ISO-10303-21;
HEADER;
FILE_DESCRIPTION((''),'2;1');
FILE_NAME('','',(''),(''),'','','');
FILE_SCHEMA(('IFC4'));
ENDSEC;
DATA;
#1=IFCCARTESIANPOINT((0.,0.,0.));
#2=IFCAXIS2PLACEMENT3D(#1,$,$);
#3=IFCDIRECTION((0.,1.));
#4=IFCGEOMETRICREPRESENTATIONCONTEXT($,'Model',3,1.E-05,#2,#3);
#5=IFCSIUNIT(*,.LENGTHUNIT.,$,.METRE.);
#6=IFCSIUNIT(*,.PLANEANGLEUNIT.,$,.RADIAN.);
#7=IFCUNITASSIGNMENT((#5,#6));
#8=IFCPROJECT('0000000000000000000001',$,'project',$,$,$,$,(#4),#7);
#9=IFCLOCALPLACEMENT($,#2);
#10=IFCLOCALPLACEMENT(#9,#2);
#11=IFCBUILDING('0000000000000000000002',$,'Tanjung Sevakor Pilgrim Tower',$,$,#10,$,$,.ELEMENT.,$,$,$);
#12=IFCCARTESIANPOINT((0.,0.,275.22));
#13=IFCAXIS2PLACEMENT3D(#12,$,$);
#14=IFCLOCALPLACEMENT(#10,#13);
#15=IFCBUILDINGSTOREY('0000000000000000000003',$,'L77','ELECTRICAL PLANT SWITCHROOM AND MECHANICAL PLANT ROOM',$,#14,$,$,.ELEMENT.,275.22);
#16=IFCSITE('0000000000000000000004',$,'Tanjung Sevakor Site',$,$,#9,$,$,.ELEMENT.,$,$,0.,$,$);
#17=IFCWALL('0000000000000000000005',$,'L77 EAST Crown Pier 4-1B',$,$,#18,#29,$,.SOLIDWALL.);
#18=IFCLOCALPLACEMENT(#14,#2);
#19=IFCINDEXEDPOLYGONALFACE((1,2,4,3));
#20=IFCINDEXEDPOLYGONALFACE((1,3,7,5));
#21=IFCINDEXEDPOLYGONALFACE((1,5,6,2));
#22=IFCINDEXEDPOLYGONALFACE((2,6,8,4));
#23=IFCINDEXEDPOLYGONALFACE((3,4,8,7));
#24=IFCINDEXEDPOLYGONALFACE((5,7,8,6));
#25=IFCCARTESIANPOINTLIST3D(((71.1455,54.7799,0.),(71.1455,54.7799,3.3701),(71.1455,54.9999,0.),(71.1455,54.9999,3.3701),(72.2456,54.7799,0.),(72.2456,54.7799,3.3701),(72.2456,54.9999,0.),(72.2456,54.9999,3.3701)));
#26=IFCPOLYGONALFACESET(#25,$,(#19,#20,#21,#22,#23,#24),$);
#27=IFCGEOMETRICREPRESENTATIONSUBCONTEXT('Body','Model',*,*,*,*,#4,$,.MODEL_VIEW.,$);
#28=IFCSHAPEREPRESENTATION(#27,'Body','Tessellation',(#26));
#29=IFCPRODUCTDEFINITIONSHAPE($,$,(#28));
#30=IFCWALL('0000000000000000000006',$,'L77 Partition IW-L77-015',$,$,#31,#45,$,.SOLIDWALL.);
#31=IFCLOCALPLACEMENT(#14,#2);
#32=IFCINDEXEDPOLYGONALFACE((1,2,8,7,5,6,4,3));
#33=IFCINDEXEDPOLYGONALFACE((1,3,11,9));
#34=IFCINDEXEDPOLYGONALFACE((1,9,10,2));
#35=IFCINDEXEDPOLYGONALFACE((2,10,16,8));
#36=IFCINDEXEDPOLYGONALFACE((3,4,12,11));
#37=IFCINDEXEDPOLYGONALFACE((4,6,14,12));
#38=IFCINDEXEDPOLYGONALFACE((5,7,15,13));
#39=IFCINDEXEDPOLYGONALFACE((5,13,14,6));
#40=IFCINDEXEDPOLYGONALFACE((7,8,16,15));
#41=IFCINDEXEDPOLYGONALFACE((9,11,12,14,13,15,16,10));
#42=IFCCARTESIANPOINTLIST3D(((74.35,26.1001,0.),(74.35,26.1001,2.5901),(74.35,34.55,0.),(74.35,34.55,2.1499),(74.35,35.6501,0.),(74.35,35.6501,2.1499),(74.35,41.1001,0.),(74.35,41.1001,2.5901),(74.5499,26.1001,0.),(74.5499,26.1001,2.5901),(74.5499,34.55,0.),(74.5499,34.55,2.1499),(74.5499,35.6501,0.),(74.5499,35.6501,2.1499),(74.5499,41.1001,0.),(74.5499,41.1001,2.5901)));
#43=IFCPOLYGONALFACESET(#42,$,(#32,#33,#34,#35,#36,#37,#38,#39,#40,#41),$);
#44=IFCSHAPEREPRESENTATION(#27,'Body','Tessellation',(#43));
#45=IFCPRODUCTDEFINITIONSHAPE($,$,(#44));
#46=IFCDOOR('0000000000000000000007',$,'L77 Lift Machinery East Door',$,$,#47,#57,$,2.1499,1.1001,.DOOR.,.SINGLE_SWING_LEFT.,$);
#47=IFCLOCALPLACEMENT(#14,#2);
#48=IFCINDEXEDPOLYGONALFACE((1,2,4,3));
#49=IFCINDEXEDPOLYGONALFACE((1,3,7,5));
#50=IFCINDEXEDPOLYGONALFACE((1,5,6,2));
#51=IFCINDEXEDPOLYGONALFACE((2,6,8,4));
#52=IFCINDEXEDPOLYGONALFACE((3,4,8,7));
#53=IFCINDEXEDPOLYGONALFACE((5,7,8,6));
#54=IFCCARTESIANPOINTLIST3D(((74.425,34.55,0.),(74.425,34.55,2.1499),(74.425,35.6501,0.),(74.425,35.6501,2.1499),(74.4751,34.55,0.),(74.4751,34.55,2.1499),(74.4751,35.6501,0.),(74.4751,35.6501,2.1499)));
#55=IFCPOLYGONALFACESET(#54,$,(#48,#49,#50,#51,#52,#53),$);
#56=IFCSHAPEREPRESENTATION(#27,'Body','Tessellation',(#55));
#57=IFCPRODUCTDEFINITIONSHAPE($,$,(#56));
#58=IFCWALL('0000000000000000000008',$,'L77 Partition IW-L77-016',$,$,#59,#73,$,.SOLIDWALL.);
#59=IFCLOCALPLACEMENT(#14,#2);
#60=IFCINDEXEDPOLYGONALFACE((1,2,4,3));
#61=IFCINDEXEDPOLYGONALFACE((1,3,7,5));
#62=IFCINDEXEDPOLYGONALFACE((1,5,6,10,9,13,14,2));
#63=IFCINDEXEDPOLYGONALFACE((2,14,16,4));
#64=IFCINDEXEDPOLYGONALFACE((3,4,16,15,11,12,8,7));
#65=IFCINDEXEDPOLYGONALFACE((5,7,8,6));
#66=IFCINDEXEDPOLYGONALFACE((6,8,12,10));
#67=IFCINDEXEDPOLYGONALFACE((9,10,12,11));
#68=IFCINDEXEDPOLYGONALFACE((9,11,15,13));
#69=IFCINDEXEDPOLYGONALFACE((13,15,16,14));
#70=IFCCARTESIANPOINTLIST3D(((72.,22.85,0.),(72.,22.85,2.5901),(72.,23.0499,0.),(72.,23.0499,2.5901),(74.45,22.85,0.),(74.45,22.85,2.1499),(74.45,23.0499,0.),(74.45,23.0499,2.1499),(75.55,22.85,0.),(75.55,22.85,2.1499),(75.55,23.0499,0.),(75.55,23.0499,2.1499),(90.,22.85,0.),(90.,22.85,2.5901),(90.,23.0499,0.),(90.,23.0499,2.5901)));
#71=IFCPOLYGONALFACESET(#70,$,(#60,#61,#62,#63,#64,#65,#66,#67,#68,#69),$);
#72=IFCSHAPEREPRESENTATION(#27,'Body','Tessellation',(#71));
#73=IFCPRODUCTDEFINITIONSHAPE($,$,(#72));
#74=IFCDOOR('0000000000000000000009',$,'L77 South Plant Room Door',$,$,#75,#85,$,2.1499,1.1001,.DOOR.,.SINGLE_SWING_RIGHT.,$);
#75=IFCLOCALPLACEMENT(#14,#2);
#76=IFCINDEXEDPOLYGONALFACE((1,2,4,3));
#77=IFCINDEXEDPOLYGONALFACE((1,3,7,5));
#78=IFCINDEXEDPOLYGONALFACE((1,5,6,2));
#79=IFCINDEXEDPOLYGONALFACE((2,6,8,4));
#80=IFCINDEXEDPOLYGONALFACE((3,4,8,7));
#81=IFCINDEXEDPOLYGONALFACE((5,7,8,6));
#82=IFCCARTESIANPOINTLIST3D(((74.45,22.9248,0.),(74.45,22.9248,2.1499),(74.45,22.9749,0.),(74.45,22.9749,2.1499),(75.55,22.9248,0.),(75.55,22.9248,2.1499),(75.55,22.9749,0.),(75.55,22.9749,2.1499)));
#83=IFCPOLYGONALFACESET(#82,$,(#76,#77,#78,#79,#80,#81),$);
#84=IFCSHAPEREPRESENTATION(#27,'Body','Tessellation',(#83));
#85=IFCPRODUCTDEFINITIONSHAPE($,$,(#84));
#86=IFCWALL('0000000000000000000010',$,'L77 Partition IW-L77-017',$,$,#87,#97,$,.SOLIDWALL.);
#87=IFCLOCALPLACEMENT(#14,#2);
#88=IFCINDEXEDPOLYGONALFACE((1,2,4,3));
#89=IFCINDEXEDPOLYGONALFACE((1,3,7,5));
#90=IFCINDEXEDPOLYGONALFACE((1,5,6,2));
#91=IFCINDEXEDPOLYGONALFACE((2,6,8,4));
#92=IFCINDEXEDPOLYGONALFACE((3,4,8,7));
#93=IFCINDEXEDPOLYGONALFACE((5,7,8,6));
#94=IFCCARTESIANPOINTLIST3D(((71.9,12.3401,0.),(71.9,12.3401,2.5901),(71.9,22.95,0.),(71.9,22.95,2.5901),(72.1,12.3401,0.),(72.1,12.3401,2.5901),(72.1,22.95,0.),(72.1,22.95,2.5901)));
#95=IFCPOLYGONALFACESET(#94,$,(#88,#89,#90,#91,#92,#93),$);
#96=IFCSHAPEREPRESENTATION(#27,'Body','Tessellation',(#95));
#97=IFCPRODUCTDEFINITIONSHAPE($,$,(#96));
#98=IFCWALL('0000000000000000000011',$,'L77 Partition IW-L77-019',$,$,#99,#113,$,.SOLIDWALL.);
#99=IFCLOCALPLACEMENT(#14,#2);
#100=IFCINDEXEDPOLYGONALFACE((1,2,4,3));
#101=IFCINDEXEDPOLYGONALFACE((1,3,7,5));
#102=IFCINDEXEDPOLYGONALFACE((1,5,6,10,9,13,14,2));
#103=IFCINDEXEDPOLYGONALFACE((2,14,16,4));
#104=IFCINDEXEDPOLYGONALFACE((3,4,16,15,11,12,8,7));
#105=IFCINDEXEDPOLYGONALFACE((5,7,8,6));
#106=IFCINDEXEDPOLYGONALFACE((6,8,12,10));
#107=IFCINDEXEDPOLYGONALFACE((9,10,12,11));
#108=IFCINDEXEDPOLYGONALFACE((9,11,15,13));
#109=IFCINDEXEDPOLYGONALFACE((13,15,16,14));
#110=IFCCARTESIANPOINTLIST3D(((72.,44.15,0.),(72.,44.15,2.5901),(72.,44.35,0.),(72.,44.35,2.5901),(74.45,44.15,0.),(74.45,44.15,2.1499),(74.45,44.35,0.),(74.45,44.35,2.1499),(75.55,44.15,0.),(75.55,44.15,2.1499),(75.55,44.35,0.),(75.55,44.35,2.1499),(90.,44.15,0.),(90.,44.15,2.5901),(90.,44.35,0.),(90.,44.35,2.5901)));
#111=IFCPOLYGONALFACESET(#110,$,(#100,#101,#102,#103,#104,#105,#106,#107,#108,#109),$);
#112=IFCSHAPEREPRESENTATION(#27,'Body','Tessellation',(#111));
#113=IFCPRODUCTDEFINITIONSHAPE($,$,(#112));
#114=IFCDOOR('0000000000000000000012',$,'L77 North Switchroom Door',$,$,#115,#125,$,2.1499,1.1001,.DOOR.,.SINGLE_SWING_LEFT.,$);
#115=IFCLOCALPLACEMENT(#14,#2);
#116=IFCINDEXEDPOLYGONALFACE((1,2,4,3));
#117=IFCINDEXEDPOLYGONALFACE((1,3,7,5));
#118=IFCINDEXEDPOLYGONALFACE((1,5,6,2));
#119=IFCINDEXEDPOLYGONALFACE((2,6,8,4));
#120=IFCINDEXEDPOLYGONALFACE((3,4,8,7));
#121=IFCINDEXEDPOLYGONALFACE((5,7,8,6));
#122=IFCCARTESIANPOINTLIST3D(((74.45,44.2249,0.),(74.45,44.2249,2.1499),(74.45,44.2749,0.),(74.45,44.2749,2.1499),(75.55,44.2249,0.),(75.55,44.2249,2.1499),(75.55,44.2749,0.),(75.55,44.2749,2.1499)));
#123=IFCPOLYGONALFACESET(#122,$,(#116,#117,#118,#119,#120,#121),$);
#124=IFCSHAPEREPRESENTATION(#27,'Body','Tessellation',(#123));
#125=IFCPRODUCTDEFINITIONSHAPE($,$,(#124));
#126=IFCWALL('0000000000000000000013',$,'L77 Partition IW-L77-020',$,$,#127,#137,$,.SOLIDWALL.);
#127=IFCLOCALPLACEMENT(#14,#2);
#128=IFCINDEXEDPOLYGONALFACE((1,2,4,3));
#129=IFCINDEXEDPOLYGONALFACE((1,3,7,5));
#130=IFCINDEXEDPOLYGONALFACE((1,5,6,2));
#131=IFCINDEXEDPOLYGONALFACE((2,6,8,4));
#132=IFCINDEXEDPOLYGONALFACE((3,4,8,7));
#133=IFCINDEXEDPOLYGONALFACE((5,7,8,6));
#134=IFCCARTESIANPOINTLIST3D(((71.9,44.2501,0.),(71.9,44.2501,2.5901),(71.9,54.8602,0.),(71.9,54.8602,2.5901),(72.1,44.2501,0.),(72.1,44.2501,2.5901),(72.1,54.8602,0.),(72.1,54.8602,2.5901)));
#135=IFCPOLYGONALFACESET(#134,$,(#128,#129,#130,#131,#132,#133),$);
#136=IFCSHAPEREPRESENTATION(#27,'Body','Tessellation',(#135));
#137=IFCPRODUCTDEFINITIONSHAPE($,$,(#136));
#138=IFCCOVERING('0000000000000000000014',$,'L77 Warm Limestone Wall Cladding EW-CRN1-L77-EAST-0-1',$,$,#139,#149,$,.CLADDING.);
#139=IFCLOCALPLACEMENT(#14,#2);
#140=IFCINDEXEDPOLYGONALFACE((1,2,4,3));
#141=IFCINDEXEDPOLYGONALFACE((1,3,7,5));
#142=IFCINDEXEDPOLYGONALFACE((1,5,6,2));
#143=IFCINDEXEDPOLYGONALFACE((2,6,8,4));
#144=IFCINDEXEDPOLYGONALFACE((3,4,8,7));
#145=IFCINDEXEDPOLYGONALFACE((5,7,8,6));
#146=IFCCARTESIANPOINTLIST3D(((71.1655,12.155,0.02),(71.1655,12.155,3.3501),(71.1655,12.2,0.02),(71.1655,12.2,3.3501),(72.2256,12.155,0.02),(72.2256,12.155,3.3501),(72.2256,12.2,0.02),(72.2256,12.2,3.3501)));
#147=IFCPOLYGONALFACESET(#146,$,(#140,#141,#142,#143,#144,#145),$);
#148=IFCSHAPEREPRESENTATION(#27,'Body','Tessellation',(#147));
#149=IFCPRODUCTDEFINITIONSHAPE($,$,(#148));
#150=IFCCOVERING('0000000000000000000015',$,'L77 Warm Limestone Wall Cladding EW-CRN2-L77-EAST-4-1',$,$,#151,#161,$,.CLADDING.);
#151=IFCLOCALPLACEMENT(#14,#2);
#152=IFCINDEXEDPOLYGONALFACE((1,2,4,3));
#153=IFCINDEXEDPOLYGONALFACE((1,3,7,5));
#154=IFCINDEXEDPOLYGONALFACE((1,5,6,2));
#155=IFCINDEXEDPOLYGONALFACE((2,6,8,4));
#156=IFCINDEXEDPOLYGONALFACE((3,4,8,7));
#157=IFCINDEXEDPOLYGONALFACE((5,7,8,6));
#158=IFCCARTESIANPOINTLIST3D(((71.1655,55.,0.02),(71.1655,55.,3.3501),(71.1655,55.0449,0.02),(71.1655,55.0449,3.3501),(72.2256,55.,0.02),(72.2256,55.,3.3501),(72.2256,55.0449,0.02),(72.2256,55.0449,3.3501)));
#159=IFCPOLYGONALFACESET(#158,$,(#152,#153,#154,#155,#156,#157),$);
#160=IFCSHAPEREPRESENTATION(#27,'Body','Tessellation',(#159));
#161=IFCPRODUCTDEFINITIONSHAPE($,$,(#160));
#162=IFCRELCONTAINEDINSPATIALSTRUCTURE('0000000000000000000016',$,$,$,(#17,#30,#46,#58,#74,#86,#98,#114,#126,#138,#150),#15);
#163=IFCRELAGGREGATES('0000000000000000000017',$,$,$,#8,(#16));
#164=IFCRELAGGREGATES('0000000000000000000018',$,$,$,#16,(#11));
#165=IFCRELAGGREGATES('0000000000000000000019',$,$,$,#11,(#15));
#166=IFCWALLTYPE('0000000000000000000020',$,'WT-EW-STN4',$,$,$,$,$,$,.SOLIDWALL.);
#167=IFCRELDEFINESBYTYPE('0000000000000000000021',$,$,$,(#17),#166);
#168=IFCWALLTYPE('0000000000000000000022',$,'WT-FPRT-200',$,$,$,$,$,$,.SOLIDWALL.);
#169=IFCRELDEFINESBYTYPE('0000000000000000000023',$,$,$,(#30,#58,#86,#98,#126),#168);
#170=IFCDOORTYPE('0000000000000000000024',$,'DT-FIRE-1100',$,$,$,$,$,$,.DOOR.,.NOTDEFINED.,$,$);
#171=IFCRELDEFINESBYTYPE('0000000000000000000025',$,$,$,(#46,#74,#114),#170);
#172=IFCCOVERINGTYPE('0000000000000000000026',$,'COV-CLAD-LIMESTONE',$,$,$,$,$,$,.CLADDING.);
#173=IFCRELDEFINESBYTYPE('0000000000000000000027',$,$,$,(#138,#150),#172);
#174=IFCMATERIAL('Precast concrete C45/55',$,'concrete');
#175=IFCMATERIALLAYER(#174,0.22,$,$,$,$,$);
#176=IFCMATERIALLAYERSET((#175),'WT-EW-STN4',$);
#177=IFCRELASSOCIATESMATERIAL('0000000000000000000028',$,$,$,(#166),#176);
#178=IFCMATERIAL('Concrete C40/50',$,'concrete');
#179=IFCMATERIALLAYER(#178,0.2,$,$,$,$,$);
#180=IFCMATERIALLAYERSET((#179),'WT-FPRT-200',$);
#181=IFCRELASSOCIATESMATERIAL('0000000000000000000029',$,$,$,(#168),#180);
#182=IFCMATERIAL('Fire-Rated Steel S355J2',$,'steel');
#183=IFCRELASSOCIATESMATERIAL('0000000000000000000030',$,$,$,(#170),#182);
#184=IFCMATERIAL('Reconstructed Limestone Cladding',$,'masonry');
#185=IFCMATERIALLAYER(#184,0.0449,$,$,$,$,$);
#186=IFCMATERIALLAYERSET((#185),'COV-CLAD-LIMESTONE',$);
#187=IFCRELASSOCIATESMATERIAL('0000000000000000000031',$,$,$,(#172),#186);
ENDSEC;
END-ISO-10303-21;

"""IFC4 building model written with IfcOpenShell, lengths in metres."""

from ifc_helpers import new_model, si_unit, direction, frame, frame_2d, origin, origin_2d, place, context, subcontext, project, spatial, rectangle, extrude, material, layer, layer_set, type_object, element, fill, save


model = new_model("IFC4")

# Units and contexts
model_context = context("Model", 3, precision=1e-05, world=origin(), true_north=direction((0.0, 1.0)))
body_context = subcontext(model_context, "Body", "Model", "MODEL_VIEW")
ifc_project = project(units=[si_unit("LENGTHUNIT", "METRE"), si_unit("PLANEANGLEUNIT", "RADIAN")], contexts=[model_context])

# Site, building, storey
site_placement = place(None, origin())
site = spatial("IfcSite", under=ifc_project, at=site_placement, Name="Tanjung Sevakor Site", CompositionType="ELEMENT", RefElevation=0.0)
building_placement = place(site_placement, origin())
building = spatial("IfcBuilding", under=site, at=building_placement, Name="Tanjung Sevakor Pilgrim Tower", CompositionType="ELEMENT")
storey_placement = place(building_placement, frame((0.0, 0.0, 275.22)))
storey = spatial("IfcBuildingStorey", under=building, at=storey_placement, Name="L77", Description="ELECTRICAL PLANT SWITCHROOM AND MECHANICAL PLANT ROOM", CompositionType="ELEMENT", Elevation=275.22)

# Wall
ifc_material_1 = material(Name="Precast concrete C45/55", Category="concrete")
ifc_layer_1 = layer(ifc_material_1, 0.22)
ifc_layer_set_1 = layer_set([ifc_layer_1], Name="WT-EW-STN4")
wall_type_1 = type_object("IfcWallType", Name="WT-EW-STN4", PredefinedType="SOLIDWALL", material=ifc_layer_set_1)
wall_1_placement = place(storey_placement, frame((72.2456, 54.8899, 0.0), z_axis=(0.0, 0.0, 1.0), x_axis=(-1.0, 0.0, 0.0)))
element("IfcWall", 1, at=wall_1_placement, inside=storey, type_object=wall_type_1, Name="L77 EAST Crown Pier 4-1B", PredefinedType="SOLIDWALL", context=body_context, shape_type="SweptSolid", body=[
    extrude(rectangle(XDim=1.1001, YDim=0.22, at=frame_2d((0.55, 0.0))), origin(), (0.0, 0.0, 1.0), 3.3701),
])

# Walls, openings, doors
ifc_material_2 = material(Name="Concrete C40/50", Category="concrete")
ifc_layer_2 = layer(ifc_material_2, 0.2)
ifc_layer_set_2 = layer_set([ifc_layer_2], Name="WT-FPRT-200")
wall_type_2 = type_object("IfcWallType", Name="WT-FPRT-200", PredefinedType="SOLIDWALL", material=ifc_layer_set_2)
wall_2_placement = place(storey_placement, frame((74.45, 26.1001, 0.0), z_axis=(0.0, 0.0, 1.0), x_axis=(0.0, 1.0, 0.0)))
wall_2 = element("IfcWall", 2, at=wall_2_placement, inside=storey, type_object=wall_type_2, Name="L77 Partition IW-L77-015", PredefinedType="SOLIDWALL", context=body_context, shape_type="SweptSolid", body=[
    extrude(rectangle(XDim=15.0, YDim=0.2, at=frame_2d((7.5, 0.0))), origin(), (0.0, 0.0, 1.0), 2.5901),
])
opening_1_placement = place(wall_2_placement, frame((8.45, 0.0, 0.0)))
opening_1 = element("IfcOpeningElement", 3, at=opening_1_placement, cuts=wall_2, PredefinedType="OPENING", context=body_context, shape_type="SweptSolid", body=[
    extrude(rectangle(XDim=1.1001, YDim=2.1499, at=frame_2d((0.55, 1.075))), frame((0.0, 0.1099, 0.0), z_axis=(0.0, -1.0, 0.0), x_axis=(1.0, 0.0, 0.0)), (0.0, 0.0, 1.0), 0.22),
])
ifc_material_3 = material(Name="Fire-Rated Steel S355J2", Category="steel")
door_type = type_object("IfcDoorType", Name="DT-FIRE-1100", OperationType="NOTDEFINED", PredefinedType="DOOR", material=ifc_material_3)
door_1_placement = place(opening_1_placement, origin())
door_1 = element("IfcDoor", 4, at=door_1_placement, inside=storey, type_object=door_type, Name="L77 Lift Machinery East Door", OperationType="SINGLE_SWING_LEFT", OverallHeight=2.1499, OverallWidth=1.1001, PredefinedType="DOOR", context=body_context, shape_type="SweptSolid", body=[
    extrude(rectangle(XDim=1.1001, YDim=2.1499, at=frame_2d((0.55, 1.075))), frame((0.0, 0.0249, 0.0), z_axis=(0.0, -1.0, 0.0), x_axis=(1.0, 0.0, 0.0)), (0.0, 0.0, 1.0), 0.05),
])
fill(opening_1, door_1)
wall_3_placement = place(storey_placement, frame((72.0, 22.95, 0.0), z_axis=(0.0, 0.0, 1.0), x_axis=(1.0, 0.0, 0.0)))
wall_3 = element("IfcWall", 5, at=wall_3_placement, inside=storey, type_object=wall_type_2, Name="L77 Partition IW-L77-016", PredefinedType="SOLIDWALL", context=body_context, shape_type="SweptSolid", body=[
    extrude(rectangle(XDim=18.0, YDim=0.2, at=frame_2d((9.0, 0.0))), origin(), (0.0, 0.0, 1.0), 2.5901),
])
opening_2_placement = place(wall_3_placement, frame((2.45, 0.0, 0.0)))
opening_2 = element("IfcOpeningElement", 6, at=opening_2_placement, cuts=wall_3, PredefinedType="OPENING", context=body_context, shape_type="SweptSolid", body=[
    extrude(rectangle(XDim=1.1001, YDim=2.1499, at=frame_2d((0.55, 1.075))), frame((0.0, 0.1099, 0.0), z_axis=(0.0, -1.0, 0.0), x_axis=(1.0, 0.0, 0.0)), (0.0, 0.0, 1.0), 0.22),
])
door_2_placement = place(opening_2_placement, origin())
door_2 = element("IfcDoor", 7, at=door_2_placement, inside=storey, type_object=door_type, Name="L77 South Plant Room Door", OperationType="SINGLE_SWING_RIGHT", OverallHeight=2.1499, OverallWidth=1.1001, PredefinedType="DOOR", context=body_context, shape_type="SweptSolid", body=[
    extrude(rectangle(XDim=1.1001, YDim=2.1499, at=frame_2d((0.55, 1.075))), frame((0.0, 0.0249, 0.0), z_axis=(0.0, -1.0, 0.0), x_axis=(1.0, 0.0, 0.0)), (0.0, 0.0, 1.0), 0.05),
])
fill(opening_2, door_2)

# Wall
wall_4_placement = place(storey_placement, frame((72.0, 12.3401, 0.0), z_axis=(0.0, 0.0, 1.0), x_axis=(0.0, 1.0, 0.0)))
element("IfcWall", 8, at=wall_4_placement, inside=storey, type_object=wall_type_2, Name="L77 Partition IW-L77-017", PredefinedType="SOLIDWALL", context=body_context, shape_type="SweptSolid", body=[
    extrude(rectangle(XDim=10.6099, YDim=0.2, at=frame_2d((5.3049, 0.0))), origin(), (0.0, 0.0, 1.0), 2.5901),
])

# Wall, opening, door
wall_5_placement = place(storey_placement, frame((72.0, 44.25, 0.0), z_axis=(0.0, 0.0, 1.0), x_axis=(1.0, 0.0, 0.0)))
wall_5 = element("IfcWall", 9, at=wall_5_placement, inside=storey, type_object=wall_type_2, Name="L77 Partition IW-L77-019", PredefinedType="SOLIDWALL", context=body_context, shape_type="SweptSolid", body=[
    extrude(rectangle(XDim=18.0, YDim=0.2, at=frame_2d((9.0, 0.0))), origin(), (0.0, 0.0, 1.0), 2.5901),
])
opening_3_placement = place(wall_5_placement, frame((2.45, 0.0, 0.0)))
opening_3 = element("IfcOpeningElement", 10, at=opening_3_placement, cuts=wall_5, PredefinedType="OPENING", context=body_context, shape_type="SweptSolid", body=[
    extrude(rectangle(XDim=1.1001, YDim=2.1499, at=frame_2d((0.55, 1.075))), frame((0.0, 0.1099, 0.0), z_axis=(0.0, -1.0, 0.0), x_axis=(1.0, 0.0, 0.0)), (0.0, 0.0, 1.0), 0.22),
])
door_3_placement = place(opening_3_placement, origin())
door_3 = element("IfcDoor", 11, at=door_3_placement, inside=storey, type_object=door_type, Name="L77 North Switchroom Door", OperationType="SINGLE_SWING_LEFT", OverallHeight=2.1499, OverallWidth=1.1001, PredefinedType="DOOR", context=body_context, shape_type="SweptSolid", body=[
    extrude(rectangle(XDim=1.1001, YDim=2.1499, at=frame_2d((0.55, 1.075))), frame((0.0, 0.0249, 0.0), z_axis=(0.0, -1.0, 0.0), x_axis=(1.0, 0.0, 0.0)), (0.0, 0.0, 1.0), 0.05),
])
fill(opening_3, door_3)

# Wall
wall_6_placement = place(storey_placement, frame((72.0, 44.25, 0.0), z_axis=(0.0, 0.0, 1.0), x_axis=(0.0, 1.0, 0.0)))
element("IfcWall", 12, at=wall_6_placement, inside=storey, type_object=wall_type_2, Name="L77 Partition IW-L77-020", PredefinedType="SOLIDWALL", context=body_context, shape_type="SweptSolid", body=[
    extrude(rectangle(XDim=10.6101, YDim=0.2, at=frame_2d((5.3052, 0.0))), origin(), (0.0, 0.0, 1.0), 2.5901),
])

# Coverings
ifc_material_4 = material(Name="Reconstructed Limestone Cladding", Category="masonry")
ifc_layer_3 = layer(ifc_material_4, 0.0449)
ifc_layer_set_3 = layer_set([ifc_layer_3], Name="COV-CLAD-LIMESTONE")
covering_type = type_object("IfcCoveringType", Name="COV-CLAD-LIMESTONE", PredefinedType="CLADDING", material=ifc_layer_set_3)
for number, where, z_axis, x_axis, name in (
    (13, (71.6956, 12.1775, 0.02), (0.0, 0.0, 1.0), (1.0, 0.0, 0.0), "L77 Warm Limestone Wall Cladding EW-CRN1-L77-EAST-0-1"),
    (14, (71.6956, 55.0225, 0.02), (0.0, 0.0, 1.0), (-1.0, 0.0, 0.0), "L77 Warm Limestone Wall Cladding EW-CRN2-L77-EAST-4-1"),
):
    element("IfcCovering", number, at=place(storey_placement, frame(where, z_axis=z_axis, x_axis=x_axis)), inside=storey, type_object=covering_type, Name=name, PredefinedType="CLADDING", context=body_context, shape_type="SweptSolid", body=[
        extrude(rectangle(XDim=1.0601, YDim=0.0449, at=origin_2d()), origin(), (0.0, 0.0, 1.0), 3.3301),
    ])

save(model, "model.ifc")
